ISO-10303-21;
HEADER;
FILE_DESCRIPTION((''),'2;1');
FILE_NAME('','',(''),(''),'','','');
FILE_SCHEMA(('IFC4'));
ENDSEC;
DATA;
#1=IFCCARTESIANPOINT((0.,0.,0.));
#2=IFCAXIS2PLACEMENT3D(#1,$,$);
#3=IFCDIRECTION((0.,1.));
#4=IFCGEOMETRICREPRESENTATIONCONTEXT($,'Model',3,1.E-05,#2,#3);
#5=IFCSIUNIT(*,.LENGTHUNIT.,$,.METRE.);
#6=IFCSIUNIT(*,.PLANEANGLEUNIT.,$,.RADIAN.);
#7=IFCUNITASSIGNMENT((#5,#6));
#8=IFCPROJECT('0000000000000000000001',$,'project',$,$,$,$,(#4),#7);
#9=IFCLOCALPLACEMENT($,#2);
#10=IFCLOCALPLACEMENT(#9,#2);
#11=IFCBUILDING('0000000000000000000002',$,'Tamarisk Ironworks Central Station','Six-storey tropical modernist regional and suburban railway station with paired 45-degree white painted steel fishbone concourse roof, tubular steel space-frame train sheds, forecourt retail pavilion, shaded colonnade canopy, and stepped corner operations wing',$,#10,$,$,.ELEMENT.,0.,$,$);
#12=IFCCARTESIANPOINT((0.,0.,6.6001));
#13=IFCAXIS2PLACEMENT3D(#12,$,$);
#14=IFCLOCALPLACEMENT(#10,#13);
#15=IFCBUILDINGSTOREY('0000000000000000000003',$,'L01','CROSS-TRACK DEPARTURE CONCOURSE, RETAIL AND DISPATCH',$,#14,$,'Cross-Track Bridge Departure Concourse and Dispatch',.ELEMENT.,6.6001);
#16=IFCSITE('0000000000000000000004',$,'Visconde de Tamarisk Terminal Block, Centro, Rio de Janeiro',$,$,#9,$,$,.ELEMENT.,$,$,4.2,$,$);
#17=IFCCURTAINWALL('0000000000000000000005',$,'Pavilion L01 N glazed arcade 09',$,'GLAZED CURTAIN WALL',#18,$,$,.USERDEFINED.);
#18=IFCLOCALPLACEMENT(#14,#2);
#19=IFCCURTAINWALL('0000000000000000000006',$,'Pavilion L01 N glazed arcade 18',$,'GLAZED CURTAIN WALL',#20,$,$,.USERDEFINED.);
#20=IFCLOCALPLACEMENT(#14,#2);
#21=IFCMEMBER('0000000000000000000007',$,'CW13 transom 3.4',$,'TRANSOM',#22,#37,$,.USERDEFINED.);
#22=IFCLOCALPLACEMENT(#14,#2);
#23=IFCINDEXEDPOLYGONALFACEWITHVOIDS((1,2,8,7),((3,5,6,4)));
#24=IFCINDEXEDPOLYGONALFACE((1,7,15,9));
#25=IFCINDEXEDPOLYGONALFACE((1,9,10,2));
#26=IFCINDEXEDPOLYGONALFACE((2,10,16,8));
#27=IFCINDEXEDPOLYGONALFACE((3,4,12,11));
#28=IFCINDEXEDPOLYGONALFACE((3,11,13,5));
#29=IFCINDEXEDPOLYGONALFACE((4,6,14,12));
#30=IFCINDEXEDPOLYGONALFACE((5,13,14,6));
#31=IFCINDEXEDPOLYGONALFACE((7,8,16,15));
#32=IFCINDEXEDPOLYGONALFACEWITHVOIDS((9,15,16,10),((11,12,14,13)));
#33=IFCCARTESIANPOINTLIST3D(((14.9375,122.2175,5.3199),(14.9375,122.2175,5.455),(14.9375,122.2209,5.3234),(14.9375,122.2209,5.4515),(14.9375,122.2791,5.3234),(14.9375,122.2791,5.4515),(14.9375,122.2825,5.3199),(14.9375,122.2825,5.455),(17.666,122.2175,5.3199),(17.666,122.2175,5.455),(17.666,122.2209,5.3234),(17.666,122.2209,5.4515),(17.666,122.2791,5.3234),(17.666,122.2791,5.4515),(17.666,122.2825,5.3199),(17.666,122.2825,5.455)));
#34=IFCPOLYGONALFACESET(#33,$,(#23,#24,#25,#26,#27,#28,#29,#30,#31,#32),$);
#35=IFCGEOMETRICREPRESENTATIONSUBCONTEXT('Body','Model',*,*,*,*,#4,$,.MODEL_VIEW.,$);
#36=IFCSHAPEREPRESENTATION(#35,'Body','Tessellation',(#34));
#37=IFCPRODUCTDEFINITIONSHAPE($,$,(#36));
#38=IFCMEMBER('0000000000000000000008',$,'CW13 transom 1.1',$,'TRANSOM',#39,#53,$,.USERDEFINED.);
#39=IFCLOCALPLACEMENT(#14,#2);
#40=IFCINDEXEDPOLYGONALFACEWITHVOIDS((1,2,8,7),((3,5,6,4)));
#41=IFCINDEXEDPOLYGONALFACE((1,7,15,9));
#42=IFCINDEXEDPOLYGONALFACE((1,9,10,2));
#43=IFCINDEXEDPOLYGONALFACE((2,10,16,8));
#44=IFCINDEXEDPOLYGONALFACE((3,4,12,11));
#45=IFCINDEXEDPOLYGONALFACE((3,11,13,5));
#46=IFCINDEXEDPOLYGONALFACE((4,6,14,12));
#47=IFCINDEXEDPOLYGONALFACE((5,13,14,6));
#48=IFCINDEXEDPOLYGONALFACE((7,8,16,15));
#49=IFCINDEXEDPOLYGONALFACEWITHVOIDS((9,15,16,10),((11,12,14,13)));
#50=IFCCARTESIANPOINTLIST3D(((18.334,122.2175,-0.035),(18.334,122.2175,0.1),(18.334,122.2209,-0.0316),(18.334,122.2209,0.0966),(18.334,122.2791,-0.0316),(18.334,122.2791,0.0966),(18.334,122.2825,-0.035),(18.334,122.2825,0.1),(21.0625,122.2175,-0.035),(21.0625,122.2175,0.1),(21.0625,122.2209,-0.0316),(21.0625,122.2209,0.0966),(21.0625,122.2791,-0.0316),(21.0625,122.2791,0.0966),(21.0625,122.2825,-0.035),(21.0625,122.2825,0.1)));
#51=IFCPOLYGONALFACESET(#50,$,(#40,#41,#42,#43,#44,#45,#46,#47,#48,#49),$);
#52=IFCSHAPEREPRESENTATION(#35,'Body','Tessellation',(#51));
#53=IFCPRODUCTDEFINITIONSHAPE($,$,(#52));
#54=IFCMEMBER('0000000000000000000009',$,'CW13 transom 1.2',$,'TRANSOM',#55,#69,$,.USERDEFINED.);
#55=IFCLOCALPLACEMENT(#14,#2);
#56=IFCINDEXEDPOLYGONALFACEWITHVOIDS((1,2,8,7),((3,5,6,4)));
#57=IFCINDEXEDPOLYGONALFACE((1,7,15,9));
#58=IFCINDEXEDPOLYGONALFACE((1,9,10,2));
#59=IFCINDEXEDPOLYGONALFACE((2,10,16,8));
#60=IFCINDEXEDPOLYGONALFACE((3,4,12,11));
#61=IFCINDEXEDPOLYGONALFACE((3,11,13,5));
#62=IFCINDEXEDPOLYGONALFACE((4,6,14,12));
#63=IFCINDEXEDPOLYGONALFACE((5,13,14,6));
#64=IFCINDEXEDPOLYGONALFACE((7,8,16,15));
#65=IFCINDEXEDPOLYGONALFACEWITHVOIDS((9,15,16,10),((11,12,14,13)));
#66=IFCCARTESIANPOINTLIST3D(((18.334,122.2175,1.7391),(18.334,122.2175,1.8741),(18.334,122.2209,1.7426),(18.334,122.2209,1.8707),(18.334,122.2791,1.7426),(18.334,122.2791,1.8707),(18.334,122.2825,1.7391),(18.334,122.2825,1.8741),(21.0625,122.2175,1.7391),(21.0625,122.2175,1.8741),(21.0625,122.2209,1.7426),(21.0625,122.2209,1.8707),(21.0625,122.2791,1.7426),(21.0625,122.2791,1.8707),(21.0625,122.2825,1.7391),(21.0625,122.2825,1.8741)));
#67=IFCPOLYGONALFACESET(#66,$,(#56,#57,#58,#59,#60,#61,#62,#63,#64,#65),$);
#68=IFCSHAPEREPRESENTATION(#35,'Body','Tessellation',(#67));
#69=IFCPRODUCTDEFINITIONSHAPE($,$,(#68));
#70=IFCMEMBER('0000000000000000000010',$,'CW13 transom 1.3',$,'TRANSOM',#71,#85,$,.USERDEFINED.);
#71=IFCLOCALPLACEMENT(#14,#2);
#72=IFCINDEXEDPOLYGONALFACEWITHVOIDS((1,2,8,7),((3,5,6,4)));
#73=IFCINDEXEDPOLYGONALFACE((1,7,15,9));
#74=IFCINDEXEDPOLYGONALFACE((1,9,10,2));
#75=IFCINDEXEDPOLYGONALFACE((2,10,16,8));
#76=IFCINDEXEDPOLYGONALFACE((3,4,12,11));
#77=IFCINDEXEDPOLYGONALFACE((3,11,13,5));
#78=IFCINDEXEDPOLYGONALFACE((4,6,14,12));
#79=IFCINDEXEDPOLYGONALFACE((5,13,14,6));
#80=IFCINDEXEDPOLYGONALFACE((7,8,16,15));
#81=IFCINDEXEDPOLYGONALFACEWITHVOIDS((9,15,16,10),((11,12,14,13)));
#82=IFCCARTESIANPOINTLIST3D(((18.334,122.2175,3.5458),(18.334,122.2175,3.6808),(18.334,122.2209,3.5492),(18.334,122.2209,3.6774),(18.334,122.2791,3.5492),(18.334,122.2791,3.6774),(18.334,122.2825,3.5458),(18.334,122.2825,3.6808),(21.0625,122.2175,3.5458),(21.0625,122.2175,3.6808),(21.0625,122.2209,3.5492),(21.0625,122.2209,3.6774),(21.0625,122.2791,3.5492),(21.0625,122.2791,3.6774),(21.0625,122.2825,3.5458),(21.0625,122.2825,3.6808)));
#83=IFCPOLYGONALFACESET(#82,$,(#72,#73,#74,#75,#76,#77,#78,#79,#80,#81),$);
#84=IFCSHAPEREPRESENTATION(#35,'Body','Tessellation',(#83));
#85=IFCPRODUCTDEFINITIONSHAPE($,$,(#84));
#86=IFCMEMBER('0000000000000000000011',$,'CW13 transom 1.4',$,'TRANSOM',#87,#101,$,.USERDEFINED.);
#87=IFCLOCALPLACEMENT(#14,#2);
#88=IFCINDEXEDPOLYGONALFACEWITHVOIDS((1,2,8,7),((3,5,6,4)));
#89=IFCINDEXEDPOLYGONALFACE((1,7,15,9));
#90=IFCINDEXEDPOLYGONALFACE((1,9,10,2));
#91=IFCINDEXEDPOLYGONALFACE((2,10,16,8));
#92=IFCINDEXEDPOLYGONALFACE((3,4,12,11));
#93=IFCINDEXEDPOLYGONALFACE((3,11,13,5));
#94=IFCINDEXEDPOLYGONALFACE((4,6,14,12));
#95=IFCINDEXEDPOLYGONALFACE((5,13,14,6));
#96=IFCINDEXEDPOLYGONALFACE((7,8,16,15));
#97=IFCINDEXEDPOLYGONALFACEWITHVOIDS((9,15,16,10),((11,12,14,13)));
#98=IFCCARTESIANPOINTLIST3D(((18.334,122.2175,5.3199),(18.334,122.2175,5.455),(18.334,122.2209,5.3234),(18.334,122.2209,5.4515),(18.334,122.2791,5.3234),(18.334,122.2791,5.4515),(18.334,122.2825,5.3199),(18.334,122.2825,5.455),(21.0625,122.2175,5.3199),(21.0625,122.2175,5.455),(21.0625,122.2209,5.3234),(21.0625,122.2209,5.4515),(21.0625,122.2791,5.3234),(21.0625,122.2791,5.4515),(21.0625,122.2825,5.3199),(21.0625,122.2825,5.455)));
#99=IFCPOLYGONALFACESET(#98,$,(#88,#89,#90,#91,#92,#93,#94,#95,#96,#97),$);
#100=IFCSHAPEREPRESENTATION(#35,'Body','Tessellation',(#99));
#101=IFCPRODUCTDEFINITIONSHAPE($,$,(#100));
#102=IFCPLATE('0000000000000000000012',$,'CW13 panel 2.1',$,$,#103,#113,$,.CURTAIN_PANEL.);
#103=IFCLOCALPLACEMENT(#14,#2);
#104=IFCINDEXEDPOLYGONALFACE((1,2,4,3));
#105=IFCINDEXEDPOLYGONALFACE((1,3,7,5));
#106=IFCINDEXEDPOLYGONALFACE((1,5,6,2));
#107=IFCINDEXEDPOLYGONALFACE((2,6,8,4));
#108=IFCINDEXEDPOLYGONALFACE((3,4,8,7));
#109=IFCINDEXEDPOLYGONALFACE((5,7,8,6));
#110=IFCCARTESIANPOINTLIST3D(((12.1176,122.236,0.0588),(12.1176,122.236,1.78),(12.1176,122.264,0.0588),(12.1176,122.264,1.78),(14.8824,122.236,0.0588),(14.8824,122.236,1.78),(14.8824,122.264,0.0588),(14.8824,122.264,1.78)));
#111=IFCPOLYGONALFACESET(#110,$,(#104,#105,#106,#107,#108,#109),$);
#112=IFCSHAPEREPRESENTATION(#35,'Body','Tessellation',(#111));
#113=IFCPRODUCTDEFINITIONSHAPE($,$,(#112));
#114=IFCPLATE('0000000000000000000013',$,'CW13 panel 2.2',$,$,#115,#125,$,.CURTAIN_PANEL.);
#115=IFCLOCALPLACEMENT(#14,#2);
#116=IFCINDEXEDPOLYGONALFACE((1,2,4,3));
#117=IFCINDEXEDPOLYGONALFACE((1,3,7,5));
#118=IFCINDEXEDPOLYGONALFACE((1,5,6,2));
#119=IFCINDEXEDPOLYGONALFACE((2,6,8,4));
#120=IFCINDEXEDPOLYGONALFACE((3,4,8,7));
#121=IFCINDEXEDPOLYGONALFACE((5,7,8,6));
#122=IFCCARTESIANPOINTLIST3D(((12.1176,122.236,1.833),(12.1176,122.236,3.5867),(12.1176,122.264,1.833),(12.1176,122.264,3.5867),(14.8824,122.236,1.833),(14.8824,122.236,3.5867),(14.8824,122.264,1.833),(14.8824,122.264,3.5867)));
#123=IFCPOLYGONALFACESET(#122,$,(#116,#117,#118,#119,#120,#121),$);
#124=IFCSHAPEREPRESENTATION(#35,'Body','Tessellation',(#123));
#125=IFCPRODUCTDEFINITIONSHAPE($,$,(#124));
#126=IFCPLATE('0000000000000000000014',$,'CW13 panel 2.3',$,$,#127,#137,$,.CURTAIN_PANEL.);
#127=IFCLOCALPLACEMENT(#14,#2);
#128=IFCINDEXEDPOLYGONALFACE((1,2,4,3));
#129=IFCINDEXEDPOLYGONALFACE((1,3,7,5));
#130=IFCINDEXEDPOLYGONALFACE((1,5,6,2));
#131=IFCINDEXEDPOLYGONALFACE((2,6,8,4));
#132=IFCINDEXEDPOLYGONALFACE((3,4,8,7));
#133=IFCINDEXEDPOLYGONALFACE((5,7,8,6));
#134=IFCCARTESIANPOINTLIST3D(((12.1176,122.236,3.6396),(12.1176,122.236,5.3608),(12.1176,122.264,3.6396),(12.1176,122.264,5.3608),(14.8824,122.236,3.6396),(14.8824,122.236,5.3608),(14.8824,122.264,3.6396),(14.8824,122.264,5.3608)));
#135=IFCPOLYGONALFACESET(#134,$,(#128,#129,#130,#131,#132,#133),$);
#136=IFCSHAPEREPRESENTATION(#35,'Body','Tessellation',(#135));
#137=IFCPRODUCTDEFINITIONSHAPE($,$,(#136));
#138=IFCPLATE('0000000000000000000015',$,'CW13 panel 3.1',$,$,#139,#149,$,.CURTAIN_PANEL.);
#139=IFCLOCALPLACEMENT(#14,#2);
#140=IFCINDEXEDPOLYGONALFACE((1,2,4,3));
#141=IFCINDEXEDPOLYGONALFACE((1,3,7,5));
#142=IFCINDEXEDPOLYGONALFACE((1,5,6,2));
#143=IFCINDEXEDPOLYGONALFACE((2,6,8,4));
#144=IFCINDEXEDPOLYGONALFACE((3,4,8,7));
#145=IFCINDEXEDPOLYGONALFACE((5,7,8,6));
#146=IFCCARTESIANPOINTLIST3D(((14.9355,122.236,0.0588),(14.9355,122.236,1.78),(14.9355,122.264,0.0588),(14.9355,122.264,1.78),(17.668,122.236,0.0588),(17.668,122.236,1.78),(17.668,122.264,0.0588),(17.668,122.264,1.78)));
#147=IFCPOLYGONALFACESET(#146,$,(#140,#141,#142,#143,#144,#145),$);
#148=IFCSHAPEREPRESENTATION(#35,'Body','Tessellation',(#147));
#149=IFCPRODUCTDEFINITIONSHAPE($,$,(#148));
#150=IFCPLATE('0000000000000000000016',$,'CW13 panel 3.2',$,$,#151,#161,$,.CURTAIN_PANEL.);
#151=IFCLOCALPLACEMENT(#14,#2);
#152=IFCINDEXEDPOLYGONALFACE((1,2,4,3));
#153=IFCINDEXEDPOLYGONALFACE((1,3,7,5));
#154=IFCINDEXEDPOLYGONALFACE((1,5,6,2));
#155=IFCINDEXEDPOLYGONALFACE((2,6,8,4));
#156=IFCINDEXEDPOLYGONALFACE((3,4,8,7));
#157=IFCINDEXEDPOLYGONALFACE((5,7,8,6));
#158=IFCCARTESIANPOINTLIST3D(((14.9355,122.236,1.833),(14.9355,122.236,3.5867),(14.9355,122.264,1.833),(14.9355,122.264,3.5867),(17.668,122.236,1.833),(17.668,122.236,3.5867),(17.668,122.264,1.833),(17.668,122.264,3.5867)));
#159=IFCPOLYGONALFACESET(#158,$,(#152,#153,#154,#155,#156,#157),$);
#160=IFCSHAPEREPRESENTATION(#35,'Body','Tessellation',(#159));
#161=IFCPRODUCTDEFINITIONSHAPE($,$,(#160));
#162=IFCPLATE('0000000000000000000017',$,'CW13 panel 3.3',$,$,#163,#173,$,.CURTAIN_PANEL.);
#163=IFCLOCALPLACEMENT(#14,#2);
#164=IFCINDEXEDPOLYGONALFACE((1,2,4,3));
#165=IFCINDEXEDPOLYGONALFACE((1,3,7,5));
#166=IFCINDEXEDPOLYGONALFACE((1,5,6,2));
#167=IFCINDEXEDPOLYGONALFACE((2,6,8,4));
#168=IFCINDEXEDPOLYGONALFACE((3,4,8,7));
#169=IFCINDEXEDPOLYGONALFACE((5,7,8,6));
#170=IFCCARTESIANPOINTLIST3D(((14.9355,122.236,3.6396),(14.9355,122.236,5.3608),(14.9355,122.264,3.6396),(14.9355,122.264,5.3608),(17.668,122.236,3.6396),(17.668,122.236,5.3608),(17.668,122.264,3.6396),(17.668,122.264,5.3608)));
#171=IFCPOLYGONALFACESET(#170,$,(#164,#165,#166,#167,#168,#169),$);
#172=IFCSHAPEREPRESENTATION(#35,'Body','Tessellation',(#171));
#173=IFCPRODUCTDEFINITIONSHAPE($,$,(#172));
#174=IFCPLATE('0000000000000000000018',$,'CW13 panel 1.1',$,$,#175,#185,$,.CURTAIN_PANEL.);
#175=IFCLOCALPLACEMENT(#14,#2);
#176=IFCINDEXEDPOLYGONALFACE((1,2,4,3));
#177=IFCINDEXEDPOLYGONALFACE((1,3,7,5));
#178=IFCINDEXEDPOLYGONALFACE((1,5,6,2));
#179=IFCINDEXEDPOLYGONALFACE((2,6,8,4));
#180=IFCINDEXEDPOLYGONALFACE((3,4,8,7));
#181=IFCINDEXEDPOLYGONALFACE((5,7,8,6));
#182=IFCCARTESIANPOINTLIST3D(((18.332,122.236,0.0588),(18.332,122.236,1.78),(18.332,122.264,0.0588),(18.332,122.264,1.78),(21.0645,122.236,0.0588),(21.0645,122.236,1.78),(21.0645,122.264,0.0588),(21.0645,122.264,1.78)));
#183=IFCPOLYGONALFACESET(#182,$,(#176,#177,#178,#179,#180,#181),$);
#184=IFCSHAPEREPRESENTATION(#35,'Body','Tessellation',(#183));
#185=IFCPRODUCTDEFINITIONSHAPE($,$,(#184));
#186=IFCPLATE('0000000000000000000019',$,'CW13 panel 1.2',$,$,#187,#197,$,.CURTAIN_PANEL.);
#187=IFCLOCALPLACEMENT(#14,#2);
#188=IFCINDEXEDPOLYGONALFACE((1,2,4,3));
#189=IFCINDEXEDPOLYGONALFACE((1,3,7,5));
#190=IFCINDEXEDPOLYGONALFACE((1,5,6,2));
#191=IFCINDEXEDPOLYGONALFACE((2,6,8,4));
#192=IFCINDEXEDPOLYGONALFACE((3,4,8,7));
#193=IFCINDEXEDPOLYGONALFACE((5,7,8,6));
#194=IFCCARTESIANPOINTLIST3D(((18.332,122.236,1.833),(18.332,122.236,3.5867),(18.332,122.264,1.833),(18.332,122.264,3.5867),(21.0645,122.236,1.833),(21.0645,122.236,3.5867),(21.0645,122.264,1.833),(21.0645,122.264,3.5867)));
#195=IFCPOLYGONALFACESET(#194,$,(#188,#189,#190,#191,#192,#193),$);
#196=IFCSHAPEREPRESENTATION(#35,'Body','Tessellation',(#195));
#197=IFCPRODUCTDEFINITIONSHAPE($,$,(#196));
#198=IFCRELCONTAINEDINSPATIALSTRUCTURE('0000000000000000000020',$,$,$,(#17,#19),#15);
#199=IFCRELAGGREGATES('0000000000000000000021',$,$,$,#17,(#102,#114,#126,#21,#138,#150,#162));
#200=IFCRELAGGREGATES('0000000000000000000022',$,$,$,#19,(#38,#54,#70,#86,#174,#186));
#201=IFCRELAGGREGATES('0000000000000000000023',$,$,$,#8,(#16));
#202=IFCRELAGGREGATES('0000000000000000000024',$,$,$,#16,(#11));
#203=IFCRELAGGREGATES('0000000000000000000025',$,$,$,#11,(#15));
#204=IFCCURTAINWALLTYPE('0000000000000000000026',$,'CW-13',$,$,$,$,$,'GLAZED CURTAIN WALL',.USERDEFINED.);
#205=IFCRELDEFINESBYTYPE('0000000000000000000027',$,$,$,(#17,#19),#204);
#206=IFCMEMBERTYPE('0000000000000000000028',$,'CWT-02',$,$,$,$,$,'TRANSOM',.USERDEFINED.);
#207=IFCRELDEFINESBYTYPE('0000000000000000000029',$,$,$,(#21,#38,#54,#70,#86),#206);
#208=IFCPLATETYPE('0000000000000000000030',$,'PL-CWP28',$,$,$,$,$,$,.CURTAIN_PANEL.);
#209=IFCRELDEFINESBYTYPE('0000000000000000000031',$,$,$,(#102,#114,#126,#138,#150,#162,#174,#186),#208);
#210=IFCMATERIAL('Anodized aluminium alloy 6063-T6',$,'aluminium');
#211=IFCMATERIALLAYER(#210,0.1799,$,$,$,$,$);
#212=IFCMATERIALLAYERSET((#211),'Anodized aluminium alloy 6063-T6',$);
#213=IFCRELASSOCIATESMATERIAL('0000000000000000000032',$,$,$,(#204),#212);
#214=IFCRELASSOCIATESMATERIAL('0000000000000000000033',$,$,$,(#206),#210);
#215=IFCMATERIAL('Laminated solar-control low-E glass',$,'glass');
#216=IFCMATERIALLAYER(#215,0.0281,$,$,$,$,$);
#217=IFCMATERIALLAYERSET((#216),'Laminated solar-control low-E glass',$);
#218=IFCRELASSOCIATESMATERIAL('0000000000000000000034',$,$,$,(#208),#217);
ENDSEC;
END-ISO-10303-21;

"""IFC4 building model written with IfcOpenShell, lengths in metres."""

from ifc_helpers import new_model, si_unit, direction, frame, origin, origin_2d, place, context, subcontext, project, spatial, rectangle, hollow_rectangle, extrude, material, layer, layer_set, material_profile, profile_set, type_object, element, aggregate, save


model = new_model("IFC4")

# Units and contexts
model_context = context("Model", 3, precision=1e-05, world=origin(), true_north=direction((0.0, 1.0)))
body_context = subcontext(model_context, "Body", "Model", "MODEL_VIEW")
ifc_project = project(units=[si_unit("LENGTHUNIT", "METRE"), si_unit("PLANEANGLEUNIT", "RADIAN")], contexts=[model_context])

# Site, building, storey
site_placement = place(None, origin())
site = spatial("IfcSite", under=ifc_project, at=site_placement, Name="Visconde de Tamarisk Terminal Block, Centro, Rio de Janeiro", CompositionType="ELEMENT", RefElevation=4.2)
building_placement = place(site_placement, origin())
building = spatial("IfcBuilding", under=site, at=building_placement, Name="Tamarisk Ironworks Central Station", Description="Six-storey tropical modernist regional and suburban railway station with paired 45-degree white painted steel fishbone concourse roof, tubular steel space-frame train sheds, forecourt retail pavilion, shaded colonnade canopy, and stepped corner operations wing", CompositionType="ELEMENT", ElevationOfRefHeight=0.0)
storey_placement = place(building_placement, frame((0.0, 0.0, 6.6001)))
storey = spatial("IfcBuildingStorey", under=building, at=storey_placement, Name="L01", Description="CROSS-TRACK DEPARTURE CONCOURSE, RETAIL AND DISPATCH", LongName="Cross-Track Bridge Departure Concourse and Dispatch", CompositionType="ELEMENT", Elevation=6.6001)

# Curtain walls
ifc_material_1 = material(Name="Anodized aluminium alloy 6063-T6", Category="aluminium")
ifc_layer_1 = layer(ifc_material_1, 0.1799)
ifc_layer_set_1 = layer_set([ifc_layer_1], Name="Anodized aluminium alloy 6063-T6")
curtain_wall_type = type_object("IfcCurtainWallType", Name="CW-13", ElementType="GLAZED CURTAIN WALL", PredefinedType="USERDEFINED", material=ifc_layer_set_1)
curtain_wall_1_placement = place(storey_placement, origin())
curtain_wall_1 = element("IfcCurtainWall", 1, at=curtain_wall_1_placement, inside=storey, type_object=curtain_wall_type, Name="Pavilion L01 N glazed arcade 09", ObjectType="GLAZED CURTAIN WALL", PredefinedType="USERDEFINED")
curtain_wall_2_placement = place(storey_placement, origin())
curtain_wall_2 = element("IfcCurtainWall", 2, at=curtain_wall_2_placement, inside=storey, type_object=curtain_wall_type, Name="Pavilion L01 N glazed arcade 18", ObjectType="GLAZED CURTAIN WALL", PredefinedType="USERDEFINED")

# Members
ifc_material_profile_1 = material_profile(ifc_material_1, hollow_rectangle(XDim=0.0649, YDim=0.135, WallThickness=0.0034, at=origin_2d()), Name="ALUM 135x65")
ifc_profile_set_1 = profile_set([ifc_material_profile_1], Name="Anodized aluminium alloy 6063-T6")
member_type_1 = type_object("IfcMemberType", Name="CWT-02", ElementType="TRANSOM", PredefinedType="USERDEFINED", material=ifc_profile_set_1)
member_1_placement = place(storey_placement, frame((14.9375, 122.25, 5.3875), z_axis=(1.0, 0.0, 0.0), x_axis=(0.0, 1.0, 0.0)))
member_1 = element("IfcMember", 3, at=member_1_placement, type_object=member_type_1, Name="CW13 transom 3.4", ObjectType="TRANSOM", PredefinedType="USERDEFINED", context=body_context, shape_type="SweptSolid", body=[
    extrude(hollow_rectangle(XDim=0.0649, YDim=0.135, WallThickness=0.0034, at=origin_2d()), origin(), (0.0, 0.0, 1.0), 2.7285),
])
member_2_placement = place(storey_placement, frame((18.334, 122.25, 0.0325), z_axis=(1.0, 0.0, 0.0), x_axis=(0.0, 1.0, 0.0)))
member_2 = element("IfcMember", 4, at=member_2_placement, type_object=member_type_1, Name="CW13 transom 1.1", ObjectType="TRANSOM", PredefinedType="USERDEFINED", context=body_context, shape_type="SweptSolid", body=[
    extrude(hollow_rectangle(XDim=0.0649, YDim=0.135, WallThickness=0.0034, at=origin_2d()), origin(), (0.0, 0.0, 1.0), 2.7285),
])
member_3_placement = place(storey_placement, frame((18.334, 122.25, 1.8066), z_axis=(1.0, 0.0, 0.0), x_axis=(0.0, 1.0, 0.0)))
member_3 = element("IfcMember", 5, at=member_3_placement, type_object=member_type_1, Name="CW13 transom 1.2", ObjectType="TRANSOM", PredefinedType="USERDEFINED", context=body_context, shape_type="SweptSolid", body=[
    extrude(hollow_rectangle(XDim=0.0649, YDim=0.135, WallThickness=0.0034, at=origin_2d()), origin(), (0.0, 0.0, 1.0), 2.7285),
])
member_4_placement = place(storey_placement, frame((18.334, 122.25, 3.6133), z_axis=(1.0, 0.0, 0.0), x_axis=(0.0, 1.0, 0.0)))
member_4 = element("IfcMember", 6, at=member_4_placement, type_object=member_type_1, Name="CW13 transom 1.3", ObjectType="TRANSOM", PredefinedType="USERDEFINED", context=body_context, shape_type="SweptSolid", body=[
    extrude(hollow_rectangle(XDim=0.0649, YDim=0.135, WallThickness=0.0034, at=origin_2d()), origin(), (0.0, 0.0, 1.0), 2.7285),
])
member_5_placement = place(storey_placement, frame((18.334, 122.25, 5.3875), z_axis=(1.0, 0.0, 0.0), x_axis=(0.0, 1.0, 0.0)))
member_5 = element("IfcMember", 7, at=member_5_placement, type_object=member_type_1, Name="CW13 transom 1.4", ObjectType="TRANSOM", PredefinedType="USERDEFINED", context=body_context, shape_type="SweptSolid", body=[
    extrude(hollow_rectangle(XDim=0.0649, YDim=0.135, WallThickness=0.0034, at=origin_2d()), origin(), (0.0, 0.0, 1.0), 2.7285),
])

# Plates
ifc_material_2 = material(Name="Laminated solar-control low-E glass", Category="glass")
ifc_layer_2 = layer(ifc_material_2, 0.0281)
ifc_layer_set_2 = layer_set([ifc_layer_2], Name="Laminated solar-control low-E glass")
plate_type = type_object("IfcPlateType", Name="PL-CWP28", PredefinedType="CURTAIN_PANEL", material=ifc_layer_set_2)
plate_1_placement = place(storey_placement, frame((13.5, 122.25, 0.0588), z_axis=(0.0, 0.0, 1.0), x_axis=(1.0, 0.0, 0.0)))
plate_1 = element("IfcPlate", 8, at=plate_1_placement, type_object=plate_type, Name="CW13 panel 2.1", PredefinedType="CURTAIN_PANEL", context=body_context, shape_type="SweptSolid", body=[
    extrude(rectangle(XDim=2.7649, YDim=0.0281, at=origin_2d()), origin(), (0.0, 0.0, 1.0), 1.7212),
])
plate_2_placement = place(storey_placement, frame((13.5, 122.25, 1.833), z_axis=(0.0, 0.0, 1.0), x_axis=(1.0, 0.0, 0.0)))
plate_2 = element("IfcPlate", 9, at=plate_2_placement, type_object=plate_type, Name="CW13 panel 2.2", PredefinedType="CURTAIN_PANEL", context=body_context, shape_type="SweptSolid", body=[
    extrude(rectangle(XDim=2.7649, YDim=0.0281, at=origin_2d()), origin(), (0.0, 0.0, 1.0), 1.7537),
])
plate_3_placement = place(storey_placement, frame((13.5, 122.25, 3.6396), z_axis=(0.0, 0.0, 1.0), x_axis=(1.0, 0.0, 0.0)))
plate_3 = element("IfcPlate", 10, at=plate_3_placement, type_object=plate_type, Name="CW13 panel 2.3", PredefinedType="CURTAIN_PANEL", context=body_context, shape_type="SweptSolid", body=[
    extrude(rectangle(XDim=2.7649, YDim=0.0281, at=origin_2d()), origin(), (0.0, 0.0, 1.0), 1.7212),
])
plate_4_placement = place(storey_placement, frame((16.3018, 122.25, 0.0588), z_axis=(0.0, 0.0, 1.0), x_axis=(1.0, 0.0, 0.0)))
plate_4 = element("IfcPlate", 11, at=plate_4_placement, type_object=plate_type, Name="CW13 panel 3.1", PredefinedType="CURTAIN_PANEL", context=body_context, shape_type="SweptSolid", body=[
    extrude(rectangle(XDim=2.7324, YDim=0.0281, at=origin_2d()), origin(), (0.0, 0.0, 1.0), 1.7212),
])
plate_5_placement = place(storey_placement, frame((16.3018, 122.25, 1.833), z_axis=(0.0, 0.0, 1.0), x_axis=(1.0, 0.0, 0.0)))
plate_5 = element("IfcPlate", 12, at=plate_5_placement, type_object=plate_type, Name="CW13 panel 3.2", PredefinedType="CURTAIN_PANEL", context=body_context, shape_type="SweptSolid", body=[
    extrude(rectangle(XDim=2.7324, YDim=0.0281, at=origin_2d()), origin(), (0.0, 0.0, 1.0), 1.7537),
])
plate_6_placement = place(storey_placement, frame((16.3018, 122.25, 3.6396), z_axis=(0.0, 0.0, 1.0), x_axis=(1.0, 0.0, 0.0)))
plate_6 = element("IfcPlate", 13, at=plate_6_placement, type_object=plate_type, Name="CW13 panel 3.3", PredefinedType="CURTAIN_PANEL", context=body_context, shape_type="SweptSolid", body=[
    extrude(rectangle(XDim=2.7324, YDim=0.0281, at=origin_2d()), origin(), (0.0, 0.0, 1.0), 1.7212),
])
aggregate(curtain_wall_1, [plate_1, plate_2, plate_3, member_1, plate_4, plate_5, plate_6])
plate_7_placement = place(storey_placement, frame((19.6982, 122.25, 0.0588), z_axis=(0.0, 0.0, 1.0), x_axis=(1.0, 0.0, 0.0)))
plate_7 = element("IfcPlate", 14, at=plate_7_placement, type_object=plate_type, Name="CW13 panel 1.1", PredefinedType="CURTAIN_PANEL", context=body_context, shape_type="SweptSolid", body=[
    extrude(rectangle(XDim=2.7324, YDim=0.0281, at=origin_2d()), origin(), (0.0, 0.0, 1.0), 1.7212),
])
plate_8_placement = place(storey_placement, frame((19.6982, 122.25, 1.833), z_axis=(0.0, 0.0, 1.0), x_axis=(1.0, 0.0, 0.0)))
plate_8 = element("IfcPlate", 15, at=plate_8_placement, type_object=plate_type, Name="CW13 panel 1.2", PredefinedType="CURTAIN_PANEL", context=body_context, shape_type="SweptSolid", body=[
    extrude(rectangle(XDim=2.7324, YDim=0.0281, at=origin_2d()), origin(), (0.0, 0.0, 1.0), 1.7537),
])
aggregate(curtain_wall_2, [member_2, member_3, member_4, member_5, plate_7, plate_8])

save(model, "model.ifc")
